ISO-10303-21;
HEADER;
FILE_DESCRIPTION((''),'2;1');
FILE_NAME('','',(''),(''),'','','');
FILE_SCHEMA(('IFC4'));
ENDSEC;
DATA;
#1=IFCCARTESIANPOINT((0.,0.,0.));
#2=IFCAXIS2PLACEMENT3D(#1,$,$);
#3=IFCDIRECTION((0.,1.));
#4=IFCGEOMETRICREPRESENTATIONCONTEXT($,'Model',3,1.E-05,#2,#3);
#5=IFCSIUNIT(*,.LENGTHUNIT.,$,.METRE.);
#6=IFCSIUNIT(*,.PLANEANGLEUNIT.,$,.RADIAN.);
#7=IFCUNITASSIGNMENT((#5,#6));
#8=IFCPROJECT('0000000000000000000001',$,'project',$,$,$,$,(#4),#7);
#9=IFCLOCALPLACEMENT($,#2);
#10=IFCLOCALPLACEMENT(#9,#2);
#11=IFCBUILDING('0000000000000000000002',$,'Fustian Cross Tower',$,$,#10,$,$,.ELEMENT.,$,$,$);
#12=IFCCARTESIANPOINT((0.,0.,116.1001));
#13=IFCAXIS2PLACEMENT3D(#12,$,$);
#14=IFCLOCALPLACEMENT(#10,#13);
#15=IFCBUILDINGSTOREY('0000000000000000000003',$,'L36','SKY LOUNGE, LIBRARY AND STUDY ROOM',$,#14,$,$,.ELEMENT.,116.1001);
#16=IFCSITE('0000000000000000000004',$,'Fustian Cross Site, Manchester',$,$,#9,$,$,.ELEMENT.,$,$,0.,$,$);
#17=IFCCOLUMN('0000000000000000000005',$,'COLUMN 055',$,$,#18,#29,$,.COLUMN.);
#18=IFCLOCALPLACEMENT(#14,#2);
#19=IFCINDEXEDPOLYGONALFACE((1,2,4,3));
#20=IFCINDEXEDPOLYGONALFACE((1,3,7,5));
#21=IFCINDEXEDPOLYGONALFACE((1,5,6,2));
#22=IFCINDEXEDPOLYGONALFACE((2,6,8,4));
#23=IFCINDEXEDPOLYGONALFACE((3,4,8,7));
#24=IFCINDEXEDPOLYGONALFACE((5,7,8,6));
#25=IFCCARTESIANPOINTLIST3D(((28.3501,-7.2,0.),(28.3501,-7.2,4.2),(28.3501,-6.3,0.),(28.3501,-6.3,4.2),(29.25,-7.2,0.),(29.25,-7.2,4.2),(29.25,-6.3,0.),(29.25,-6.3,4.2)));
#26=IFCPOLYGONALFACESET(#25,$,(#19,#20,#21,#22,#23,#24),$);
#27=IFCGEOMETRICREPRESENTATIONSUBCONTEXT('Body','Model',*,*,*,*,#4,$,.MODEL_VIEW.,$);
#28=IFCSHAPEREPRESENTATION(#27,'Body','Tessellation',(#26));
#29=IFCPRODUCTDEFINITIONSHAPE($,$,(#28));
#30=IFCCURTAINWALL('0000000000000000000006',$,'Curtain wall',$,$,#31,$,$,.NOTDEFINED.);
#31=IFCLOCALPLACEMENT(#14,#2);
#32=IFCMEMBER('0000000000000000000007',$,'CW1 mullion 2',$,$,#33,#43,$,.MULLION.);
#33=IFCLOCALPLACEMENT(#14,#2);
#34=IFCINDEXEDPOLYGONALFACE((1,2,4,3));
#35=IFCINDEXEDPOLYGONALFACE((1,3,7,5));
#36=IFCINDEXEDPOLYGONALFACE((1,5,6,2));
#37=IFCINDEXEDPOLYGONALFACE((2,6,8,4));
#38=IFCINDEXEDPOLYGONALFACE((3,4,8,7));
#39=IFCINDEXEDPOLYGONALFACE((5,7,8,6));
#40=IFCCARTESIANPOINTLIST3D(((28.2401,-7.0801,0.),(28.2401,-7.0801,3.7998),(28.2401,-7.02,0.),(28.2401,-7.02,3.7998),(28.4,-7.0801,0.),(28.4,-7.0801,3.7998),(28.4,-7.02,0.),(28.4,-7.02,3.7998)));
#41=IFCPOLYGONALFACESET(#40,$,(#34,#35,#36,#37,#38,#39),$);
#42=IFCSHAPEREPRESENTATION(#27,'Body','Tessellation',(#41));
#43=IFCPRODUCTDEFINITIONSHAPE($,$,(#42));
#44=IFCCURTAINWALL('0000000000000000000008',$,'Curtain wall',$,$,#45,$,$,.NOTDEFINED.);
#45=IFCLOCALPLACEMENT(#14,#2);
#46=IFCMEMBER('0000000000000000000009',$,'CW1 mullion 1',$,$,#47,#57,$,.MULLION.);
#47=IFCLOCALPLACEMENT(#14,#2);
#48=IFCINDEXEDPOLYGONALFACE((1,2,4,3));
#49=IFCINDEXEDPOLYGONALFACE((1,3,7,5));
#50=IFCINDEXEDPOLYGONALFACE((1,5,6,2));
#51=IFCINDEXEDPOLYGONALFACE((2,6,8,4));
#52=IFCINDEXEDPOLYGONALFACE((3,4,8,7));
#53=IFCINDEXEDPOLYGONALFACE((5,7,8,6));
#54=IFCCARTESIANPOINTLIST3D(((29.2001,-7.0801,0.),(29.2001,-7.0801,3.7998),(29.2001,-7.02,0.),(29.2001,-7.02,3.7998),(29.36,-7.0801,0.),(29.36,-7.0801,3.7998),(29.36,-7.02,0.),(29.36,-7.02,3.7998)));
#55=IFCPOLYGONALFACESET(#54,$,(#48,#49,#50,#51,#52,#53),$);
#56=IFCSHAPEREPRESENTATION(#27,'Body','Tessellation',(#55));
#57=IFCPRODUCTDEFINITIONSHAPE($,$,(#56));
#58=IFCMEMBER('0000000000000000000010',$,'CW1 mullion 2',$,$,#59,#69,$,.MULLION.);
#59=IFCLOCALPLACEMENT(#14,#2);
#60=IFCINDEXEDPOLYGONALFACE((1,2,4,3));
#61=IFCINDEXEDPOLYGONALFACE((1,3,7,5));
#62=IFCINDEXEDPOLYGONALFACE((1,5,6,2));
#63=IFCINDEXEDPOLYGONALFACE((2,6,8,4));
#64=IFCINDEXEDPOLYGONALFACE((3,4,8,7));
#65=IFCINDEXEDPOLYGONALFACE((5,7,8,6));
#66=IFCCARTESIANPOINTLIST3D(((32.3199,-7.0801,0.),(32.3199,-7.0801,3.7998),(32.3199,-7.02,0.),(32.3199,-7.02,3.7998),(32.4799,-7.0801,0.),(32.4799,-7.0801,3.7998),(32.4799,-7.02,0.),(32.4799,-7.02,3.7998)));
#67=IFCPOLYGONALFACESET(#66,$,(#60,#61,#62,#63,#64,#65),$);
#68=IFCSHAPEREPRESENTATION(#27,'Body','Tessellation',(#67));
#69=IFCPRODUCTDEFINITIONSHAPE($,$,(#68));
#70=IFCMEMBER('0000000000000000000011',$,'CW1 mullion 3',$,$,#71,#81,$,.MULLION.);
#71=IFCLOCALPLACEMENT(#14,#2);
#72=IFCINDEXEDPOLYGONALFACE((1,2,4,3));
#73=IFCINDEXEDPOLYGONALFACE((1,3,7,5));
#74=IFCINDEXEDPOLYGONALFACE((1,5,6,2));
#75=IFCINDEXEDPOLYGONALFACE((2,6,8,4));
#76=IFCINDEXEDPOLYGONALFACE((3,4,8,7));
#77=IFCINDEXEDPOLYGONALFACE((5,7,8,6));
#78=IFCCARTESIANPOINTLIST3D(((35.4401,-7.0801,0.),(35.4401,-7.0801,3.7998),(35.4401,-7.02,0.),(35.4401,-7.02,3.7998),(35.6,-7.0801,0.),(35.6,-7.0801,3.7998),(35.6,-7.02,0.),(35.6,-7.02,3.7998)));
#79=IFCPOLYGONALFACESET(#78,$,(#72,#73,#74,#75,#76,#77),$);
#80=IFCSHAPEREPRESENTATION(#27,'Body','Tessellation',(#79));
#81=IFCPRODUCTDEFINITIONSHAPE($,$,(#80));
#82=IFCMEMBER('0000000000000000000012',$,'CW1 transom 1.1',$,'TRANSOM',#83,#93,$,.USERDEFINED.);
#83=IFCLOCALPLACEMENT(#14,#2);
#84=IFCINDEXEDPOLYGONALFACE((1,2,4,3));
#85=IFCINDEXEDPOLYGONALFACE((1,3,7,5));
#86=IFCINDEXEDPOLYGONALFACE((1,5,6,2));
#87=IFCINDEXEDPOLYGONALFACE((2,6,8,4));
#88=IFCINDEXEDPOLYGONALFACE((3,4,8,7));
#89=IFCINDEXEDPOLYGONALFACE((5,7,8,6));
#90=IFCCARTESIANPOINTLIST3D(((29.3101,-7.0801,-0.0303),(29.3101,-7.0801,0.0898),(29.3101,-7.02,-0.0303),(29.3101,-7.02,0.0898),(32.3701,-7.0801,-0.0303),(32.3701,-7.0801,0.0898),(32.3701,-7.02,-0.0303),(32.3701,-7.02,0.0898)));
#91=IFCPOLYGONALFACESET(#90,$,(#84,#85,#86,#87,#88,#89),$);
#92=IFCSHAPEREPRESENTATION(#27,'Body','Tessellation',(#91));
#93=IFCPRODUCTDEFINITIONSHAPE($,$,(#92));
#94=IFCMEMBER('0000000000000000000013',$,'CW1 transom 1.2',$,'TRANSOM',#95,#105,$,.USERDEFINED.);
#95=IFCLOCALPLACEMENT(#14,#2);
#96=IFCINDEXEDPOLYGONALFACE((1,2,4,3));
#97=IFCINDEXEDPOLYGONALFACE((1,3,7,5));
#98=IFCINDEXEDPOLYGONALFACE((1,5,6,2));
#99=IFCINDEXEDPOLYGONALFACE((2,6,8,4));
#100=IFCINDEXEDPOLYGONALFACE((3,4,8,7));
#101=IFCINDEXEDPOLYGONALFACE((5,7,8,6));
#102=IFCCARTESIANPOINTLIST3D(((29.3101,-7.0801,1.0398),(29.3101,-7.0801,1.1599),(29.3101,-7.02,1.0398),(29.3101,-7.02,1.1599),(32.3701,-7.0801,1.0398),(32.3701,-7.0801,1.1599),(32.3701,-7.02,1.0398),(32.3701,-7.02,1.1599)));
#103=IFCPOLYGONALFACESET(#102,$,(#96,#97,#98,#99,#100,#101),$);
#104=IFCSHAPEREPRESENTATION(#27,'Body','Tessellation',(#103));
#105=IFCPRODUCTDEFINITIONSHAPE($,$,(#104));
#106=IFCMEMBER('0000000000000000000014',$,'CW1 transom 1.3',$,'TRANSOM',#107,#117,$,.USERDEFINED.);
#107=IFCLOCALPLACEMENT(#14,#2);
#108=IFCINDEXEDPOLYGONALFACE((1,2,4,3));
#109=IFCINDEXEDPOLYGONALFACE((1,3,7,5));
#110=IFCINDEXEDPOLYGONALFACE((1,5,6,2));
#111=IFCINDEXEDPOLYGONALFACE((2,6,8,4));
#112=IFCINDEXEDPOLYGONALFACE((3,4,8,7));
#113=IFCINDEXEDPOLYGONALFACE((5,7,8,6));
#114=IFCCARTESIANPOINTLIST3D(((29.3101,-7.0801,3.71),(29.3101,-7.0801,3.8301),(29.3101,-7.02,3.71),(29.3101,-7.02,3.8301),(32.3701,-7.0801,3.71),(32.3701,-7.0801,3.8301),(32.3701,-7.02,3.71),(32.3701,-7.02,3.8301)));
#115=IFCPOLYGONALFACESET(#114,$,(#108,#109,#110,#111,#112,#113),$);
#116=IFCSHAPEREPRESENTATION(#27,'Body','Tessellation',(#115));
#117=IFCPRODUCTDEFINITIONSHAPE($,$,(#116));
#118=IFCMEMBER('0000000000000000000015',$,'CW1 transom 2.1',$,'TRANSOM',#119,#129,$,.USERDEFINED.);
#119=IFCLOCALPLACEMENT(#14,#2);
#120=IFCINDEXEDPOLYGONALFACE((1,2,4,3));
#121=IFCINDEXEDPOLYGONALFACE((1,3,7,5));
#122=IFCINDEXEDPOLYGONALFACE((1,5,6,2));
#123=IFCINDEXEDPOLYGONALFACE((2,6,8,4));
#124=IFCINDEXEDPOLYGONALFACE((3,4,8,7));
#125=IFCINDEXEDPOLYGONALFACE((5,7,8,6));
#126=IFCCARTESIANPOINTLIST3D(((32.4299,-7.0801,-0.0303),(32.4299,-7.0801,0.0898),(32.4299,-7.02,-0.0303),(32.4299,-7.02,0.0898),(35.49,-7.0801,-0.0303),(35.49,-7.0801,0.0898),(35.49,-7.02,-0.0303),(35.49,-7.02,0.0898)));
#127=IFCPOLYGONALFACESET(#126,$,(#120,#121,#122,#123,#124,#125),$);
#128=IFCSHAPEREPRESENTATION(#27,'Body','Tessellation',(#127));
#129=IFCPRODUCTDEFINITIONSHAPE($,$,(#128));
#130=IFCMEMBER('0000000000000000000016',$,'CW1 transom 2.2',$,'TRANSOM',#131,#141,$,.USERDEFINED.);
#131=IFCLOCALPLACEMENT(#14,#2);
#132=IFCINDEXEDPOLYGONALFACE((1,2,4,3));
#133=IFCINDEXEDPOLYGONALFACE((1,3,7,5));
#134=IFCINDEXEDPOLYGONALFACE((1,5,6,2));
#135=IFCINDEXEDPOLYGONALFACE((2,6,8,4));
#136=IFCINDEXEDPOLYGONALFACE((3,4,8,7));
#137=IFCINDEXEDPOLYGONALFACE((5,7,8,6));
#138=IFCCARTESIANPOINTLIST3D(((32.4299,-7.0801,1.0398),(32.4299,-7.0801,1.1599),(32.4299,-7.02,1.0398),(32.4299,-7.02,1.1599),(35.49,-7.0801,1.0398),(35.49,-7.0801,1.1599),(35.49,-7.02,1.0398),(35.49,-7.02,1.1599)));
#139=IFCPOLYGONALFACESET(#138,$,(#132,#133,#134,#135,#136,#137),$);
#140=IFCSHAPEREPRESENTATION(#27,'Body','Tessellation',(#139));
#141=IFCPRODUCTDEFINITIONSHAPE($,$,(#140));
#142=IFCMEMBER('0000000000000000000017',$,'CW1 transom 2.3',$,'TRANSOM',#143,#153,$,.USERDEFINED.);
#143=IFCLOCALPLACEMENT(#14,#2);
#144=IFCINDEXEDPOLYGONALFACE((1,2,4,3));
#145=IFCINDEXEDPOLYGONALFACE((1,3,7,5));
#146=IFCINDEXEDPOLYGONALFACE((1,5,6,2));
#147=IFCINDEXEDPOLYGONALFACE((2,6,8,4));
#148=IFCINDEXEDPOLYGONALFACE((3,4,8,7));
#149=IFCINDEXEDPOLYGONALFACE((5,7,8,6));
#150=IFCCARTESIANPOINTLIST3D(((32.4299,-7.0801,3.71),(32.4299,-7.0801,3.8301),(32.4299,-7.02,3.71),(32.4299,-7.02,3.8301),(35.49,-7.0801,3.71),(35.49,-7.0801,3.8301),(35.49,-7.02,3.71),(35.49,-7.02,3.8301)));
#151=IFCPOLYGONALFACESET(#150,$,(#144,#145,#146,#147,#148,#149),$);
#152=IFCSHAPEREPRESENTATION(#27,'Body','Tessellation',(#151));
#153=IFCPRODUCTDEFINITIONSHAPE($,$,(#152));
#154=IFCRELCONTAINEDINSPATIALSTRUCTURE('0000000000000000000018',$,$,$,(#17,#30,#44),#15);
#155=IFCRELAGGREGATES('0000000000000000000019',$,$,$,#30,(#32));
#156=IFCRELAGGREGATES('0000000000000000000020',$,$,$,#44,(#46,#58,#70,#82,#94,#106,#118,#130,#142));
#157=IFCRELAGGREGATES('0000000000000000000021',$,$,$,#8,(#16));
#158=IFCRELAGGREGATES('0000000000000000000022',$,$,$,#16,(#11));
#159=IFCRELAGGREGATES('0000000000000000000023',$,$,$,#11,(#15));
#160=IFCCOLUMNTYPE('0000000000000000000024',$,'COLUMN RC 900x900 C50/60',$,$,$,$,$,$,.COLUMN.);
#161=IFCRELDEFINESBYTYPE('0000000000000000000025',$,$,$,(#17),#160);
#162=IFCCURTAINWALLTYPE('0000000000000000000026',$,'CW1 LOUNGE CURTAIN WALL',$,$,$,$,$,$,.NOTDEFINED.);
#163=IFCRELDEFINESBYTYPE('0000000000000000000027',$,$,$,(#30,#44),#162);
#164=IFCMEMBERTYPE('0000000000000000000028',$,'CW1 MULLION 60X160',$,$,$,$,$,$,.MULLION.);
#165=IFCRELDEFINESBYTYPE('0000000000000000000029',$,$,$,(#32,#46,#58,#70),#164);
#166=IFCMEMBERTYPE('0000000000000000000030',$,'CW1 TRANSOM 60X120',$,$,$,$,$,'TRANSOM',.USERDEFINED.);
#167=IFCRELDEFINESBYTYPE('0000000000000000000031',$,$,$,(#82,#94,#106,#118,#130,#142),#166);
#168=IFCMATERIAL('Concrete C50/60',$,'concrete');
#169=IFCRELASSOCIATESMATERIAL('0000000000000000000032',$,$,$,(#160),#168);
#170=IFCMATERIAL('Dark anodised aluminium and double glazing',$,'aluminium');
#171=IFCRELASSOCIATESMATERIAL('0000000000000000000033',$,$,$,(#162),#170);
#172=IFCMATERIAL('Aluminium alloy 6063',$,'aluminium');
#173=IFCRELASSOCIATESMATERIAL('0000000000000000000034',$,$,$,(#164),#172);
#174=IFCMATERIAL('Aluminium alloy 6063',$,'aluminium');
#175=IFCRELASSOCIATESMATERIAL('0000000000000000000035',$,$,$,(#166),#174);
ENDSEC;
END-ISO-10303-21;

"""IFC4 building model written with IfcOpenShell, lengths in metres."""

from ifc_helpers import new_model, si_unit, direction, frame, origin, origin_2d, place, context, subcontext, project, spatial, rectangle, extrude, material, material_profile, profile_set, type_object, element, aggregate, save


model = new_model("IFC4")

# Units and contexts
model_context = context("Model", 3, precision=1e-05, world=origin(), true_north=direction((0.0, 1.0)))
body_context = subcontext(model_context, "Body", "Model", "MODEL_VIEW")
ifc_project = project(units=[si_unit("LENGTHUNIT", "METRE"), si_unit("PLANEANGLEUNIT", "RADIAN")], contexts=[model_context])

# Site, building, storey
site_placement = place(None, origin())
site = spatial("IfcSite", under=ifc_project, at=site_placement, Name="Fustian Cross Site, Manchester", CompositionType="ELEMENT", RefElevation=0.0)
building_placement = place(site_placement, origin())
building = spatial("IfcBuilding", under=site, at=building_placement, Name="Fustian Cross Tower", CompositionType="ELEMENT")
storey_placement = place(building_placement, frame((0.0, 0.0, 116.1001)))
storey = spatial("IfcBuildingStorey", under=building, at=storey_placement, Name="L36", Description="SKY LOUNGE, LIBRARY AND STUDY ROOM", CompositionType="ELEMENT", Elevation=116.1001)

# Column
ifc_material_1 = material(Name="Concrete C50/60", Category="concrete")
ifc_material_profile_1 = material_profile(ifc_material_1, rectangle(XDim=0.8999, YDim=0.8999, at=origin_2d()), Name="RC 900x900")
ifc_profile_set_1 = profile_set([ifc_material_profile_1], Name="Concrete C50/60")
column_type = type_object("IfcColumnType", Name="COLUMN RC 900x900 C50/60", PredefinedType="COLUMN", material=ifc_profile_set_1)
column_placement = place(storey_placement, frame((28.8, -6.75, 0.0), z_axis=(0.0, 0.0, 1.0), x_axis=(1.0, 0.0, 0.0)))
element("IfcColumn", 1, at=column_placement, inside=storey, type_object=column_type, Name="COLUMN 055", PredefinedType="COLUMN", context=body_context, shape_type="SweptSolid", body=[
    extrude(rectangle(XDim=0.8999, YDim=0.8999, at=origin_2d()), origin(), (0.0, 0.0, 1.0), 4.2),
])

# Curtain wall, member
ifc_material_2 = material(Name="Dark anodised aluminium and double glazing", Category="aluminium")
curtain_wall_type = type_object("IfcCurtainWallType", Name="CW1 LOUNGE CURTAIN WALL", PredefinedType="NOTDEFINED", material=ifc_material_2)
curtain_wall_1_placement = place(storey_placement, origin())
curtain_wall_1 = element("IfcCurtainWall", 2, at=curtain_wall_1_placement, inside=storey, type_object=curtain_wall_type, Name="Curtain wall", PredefinedType="NOTDEFINED")
ifc_material_3 = material(Name="Aluminium alloy 6063", Category="aluminium")
ifc_material_profile_2 = material_profile(ifc_material_3, rectangle(XDim=0.0601, YDim=0.1599, at=origin_2d()), Name="CW1 MULLION 60X160")
ifc_profile_set_2 = profile_set([ifc_material_profile_2], Name="Aluminium alloy 6063")
member_type_1 = type_object("IfcMemberType", Name="CW1 MULLION 60X160", PredefinedType="MULLION", material=ifc_profile_set_2)
member_1_placement = place(storey_placement, frame((28.3201, -7.05, 0.0), z_axis=(0.0, 0.0, 1.0), x_axis=(0.0, 1.0, 0.0)))
member_1 = element("IfcMember", 3, at=member_1_placement, type_object=member_type_1, Name="CW1 mullion 2", PredefinedType="MULLION", context=body_context, shape_type="SweptSolid", body=[
    extrude(rectangle(XDim=0.0601, YDim=0.1599, at=origin_2d()), origin(), (0.0, 0.0, 1.0), 3.7998),
])
aggregate(curtain_wall_1, [member_1])

# Curtain wall, members
curtain_wall_2_placement = place(storey_placement, origin())
curtain_wall_2 = element("IfcCurtainWall", 4, at=curtain_wall_2_placement, inside=storey, type_object=curtain_wall_type, Name="Curtain wall", PredefinedType="NOTDEFINED")
member_2_placement = place(storey_placement, frame((29.28, -7.05, 0.0), z_axis=(0.0, 0.0, 1.0), x_axis=(0.0, 1.0, 0.0)))
member_2 = element("IfcMember", 5, at=member_2_placement, type_object=member_type_1, Name="CW1 mullion 1", PredefinedType="MULLION", context=body_context, shape_type="SweptSolid", body=[
    extrude(rectangle(XDim=0.0601, YDim=0.1599, at=origin_2d()), origin(), (0.0, 0.0, 1.0), 3.7998),
])
member_3_placement = place(storey_placement, frame((32.3999, -7.05, 0.0), z_axis=(0.0, 0.0, 1.0), x_axis=(0.0, 1.0, 0.0)))
member_3 = element("IfcMember", 6, at=member_3_placement, type_object=member_type_1, Name="CW1 mullion 2", PredefinedType="MULLION", context=body_context, shape_type="SweptSolid", body=[
    extrude(rectangle(XDim=0.0601, YDim=0.1599, at=origin_2d()), origin(), (0.0, 0.0, 1.0), 3.7998),
])
member_4_placement = place(storey_placement, frame((35.52, -7.05, 0.0), z_axis=(0.0, 0.0, 1.0), x_axis=(0.0, 1.0, 0.0)))
member_4 = element("IfcMember", 7, at=member_4_placement, type_object=member_type_1, Name="CW1 mullion 3", PredefinedType="MULLION", context=body_context, shape_type="SweptSolid", body=[
    extrude(rectangle(XDim=0.0601, YDim=0.1599, at=origin_2d()), origin(), (0.0, 0.0, 1.0), 3.7998),
])
ifc_material_4 = material(Name="Aluminium alloy 6063", Category="aluminium")
ifc_material_profile_3 = material_profile(ifc_material_4, rectangle(XDim=0.0601, YDim=0.1201, at=origin_2d()), Name="CW1 TRANSOM 60X120")
ifc_profile_set_3 = profile_set([ifc_material_profile_3], Name="Aluminium alloy 6063")
member_type_2 = type_object("IfcMemberType", Name="CW1 TRANSOM 60X120", ElementType="TRANSOM", PredefinedType="USERDEFINED", material=ifc_profile_set_3)
member_5_placement = place(storey_placement, frame((29.3101, -7.05, 0.0298), z_axis=(1.0, 0.0, 0.0), x_axis=(0.0, 1.0, 0.0)))
member_5 = element("IfcMember", 8, at=member_5_placement, type_object=member_type_2, Name="CW1 transom 1.1", ObjectType="TRANSOM", PredefinedType="USERDEFINED", context=body_context, shape_type="SweptSolid", body=[
    extrude(rectangle(XDim=0.0601, YDim=0.1201, at=origin_2d()), origin(), (0.0, 0.0, 1.0), 3.0601),
])
member_6_placement = place(storey_placement, frame((29.3101, -7.05, 1.0999), z_axis=(1.0, 0.0, 0.0), x_axis=(0.0, 1.0, 0.0)))
member_6 = element("IfcMember", 9, at=member_6_placement, type_object=member_type_2, Name="CW1 transom 1.2", ObjectType="TRANSOM", PredefinedType="USERDEFINED", context=body_context, shape_type="SweptSolid", body=[
    extrude(rectangle(XDim=0.0601, YDim=0.1201, at=origin_2d()), origin(), (0.0, 0.0, 1.0), 3.0601),
])
member_7_placement = place(storey_placement, frame((29.3101, -7.05, 3.77), z_axis=(1.0, 0.0, 0.0), x_axis=(0.0, 1.0, 0.0)))
member_7 = element("IfcMember", 10, at=member_7_placement, type_object=member_type_2, Name="CW1 transom 1.3", ObjectType="TRANSOM", PredefinedType="USERDEFINED", context=body_context, shape_type="SweptSolid", body=[
    extrude(rectangle(XDim=0.0601, YDim=0.1201, at=origin_2d()), origin(), (0.0, 0.0, 1.0), 3.0601),
])
member_8_placement = place(storey_placement, frame((32.4299, -7.05, 0.0298), z_axis=(1.0, 0.0, 0.0), x_axis=(0.0, 1.0, 0.0)))
member_8 = element("IfcMember", 11, at=member_8_placement, type_object=member_type_2, Name="CW1 transom 2.1", ObjectType="TRANSOM", PredefinedType="USERDEFINED", context=body_context, shape_type="SweptSolid", body=[
    extrude(rectangle(XDim=0.0601, YDim=0.1201, at=origin_2d()), origin(), (0.0, 0.0, 1.0), 3.0601),
])
member_9_placement = place(storey_placement, frame((32.4299, -7.05, 1.0999), z_axis=(1.0, 0.0, 0.0), x_axis=(0.0, 1.0, 0.0)))
member_9 = element("IfcMember", 12, at=member_9_placement, type_object=member_type_2, Name="CW1 transom 2.2", ObjectType="TRANSOM", PredefinedType="USERDEFINED", context=body_context, shape_type="SweptSolid", body=[
    extrude(rectangle(XDim=0.0601, YDim=0.1201, at=origin_2d()), origin(), (0.0, 0.0, 1.0), 3.0601),
])
member_10_placement = place(storey_placement, frame((32.4299, -7.05, 3.77), z_axis=(1.0, 0.0, 0.0), x_axis=(0.0, 1.0, 0.0)))
member_10 = element("IfcMember", 13, at=member_10_placement, type_object=member_type_2, Name="CW1 transom 2.3", ObjectType="TRANSOM", PredefinedType="USERDEFINED", context=body_context, shape_type="SweptSolid", body=[
    extrude(rectangle(XDim=0.0601, YDim=0.1201, at=origin_2d()), origin(), (0.0, 0.0, 1.0), 3.0601),
])

aggregate(curtain_wall_2, [member_2, member_3, member_4, member_5, member_6, member_7, member_8, member_9, member_10])

save(model, "model.ifc")
